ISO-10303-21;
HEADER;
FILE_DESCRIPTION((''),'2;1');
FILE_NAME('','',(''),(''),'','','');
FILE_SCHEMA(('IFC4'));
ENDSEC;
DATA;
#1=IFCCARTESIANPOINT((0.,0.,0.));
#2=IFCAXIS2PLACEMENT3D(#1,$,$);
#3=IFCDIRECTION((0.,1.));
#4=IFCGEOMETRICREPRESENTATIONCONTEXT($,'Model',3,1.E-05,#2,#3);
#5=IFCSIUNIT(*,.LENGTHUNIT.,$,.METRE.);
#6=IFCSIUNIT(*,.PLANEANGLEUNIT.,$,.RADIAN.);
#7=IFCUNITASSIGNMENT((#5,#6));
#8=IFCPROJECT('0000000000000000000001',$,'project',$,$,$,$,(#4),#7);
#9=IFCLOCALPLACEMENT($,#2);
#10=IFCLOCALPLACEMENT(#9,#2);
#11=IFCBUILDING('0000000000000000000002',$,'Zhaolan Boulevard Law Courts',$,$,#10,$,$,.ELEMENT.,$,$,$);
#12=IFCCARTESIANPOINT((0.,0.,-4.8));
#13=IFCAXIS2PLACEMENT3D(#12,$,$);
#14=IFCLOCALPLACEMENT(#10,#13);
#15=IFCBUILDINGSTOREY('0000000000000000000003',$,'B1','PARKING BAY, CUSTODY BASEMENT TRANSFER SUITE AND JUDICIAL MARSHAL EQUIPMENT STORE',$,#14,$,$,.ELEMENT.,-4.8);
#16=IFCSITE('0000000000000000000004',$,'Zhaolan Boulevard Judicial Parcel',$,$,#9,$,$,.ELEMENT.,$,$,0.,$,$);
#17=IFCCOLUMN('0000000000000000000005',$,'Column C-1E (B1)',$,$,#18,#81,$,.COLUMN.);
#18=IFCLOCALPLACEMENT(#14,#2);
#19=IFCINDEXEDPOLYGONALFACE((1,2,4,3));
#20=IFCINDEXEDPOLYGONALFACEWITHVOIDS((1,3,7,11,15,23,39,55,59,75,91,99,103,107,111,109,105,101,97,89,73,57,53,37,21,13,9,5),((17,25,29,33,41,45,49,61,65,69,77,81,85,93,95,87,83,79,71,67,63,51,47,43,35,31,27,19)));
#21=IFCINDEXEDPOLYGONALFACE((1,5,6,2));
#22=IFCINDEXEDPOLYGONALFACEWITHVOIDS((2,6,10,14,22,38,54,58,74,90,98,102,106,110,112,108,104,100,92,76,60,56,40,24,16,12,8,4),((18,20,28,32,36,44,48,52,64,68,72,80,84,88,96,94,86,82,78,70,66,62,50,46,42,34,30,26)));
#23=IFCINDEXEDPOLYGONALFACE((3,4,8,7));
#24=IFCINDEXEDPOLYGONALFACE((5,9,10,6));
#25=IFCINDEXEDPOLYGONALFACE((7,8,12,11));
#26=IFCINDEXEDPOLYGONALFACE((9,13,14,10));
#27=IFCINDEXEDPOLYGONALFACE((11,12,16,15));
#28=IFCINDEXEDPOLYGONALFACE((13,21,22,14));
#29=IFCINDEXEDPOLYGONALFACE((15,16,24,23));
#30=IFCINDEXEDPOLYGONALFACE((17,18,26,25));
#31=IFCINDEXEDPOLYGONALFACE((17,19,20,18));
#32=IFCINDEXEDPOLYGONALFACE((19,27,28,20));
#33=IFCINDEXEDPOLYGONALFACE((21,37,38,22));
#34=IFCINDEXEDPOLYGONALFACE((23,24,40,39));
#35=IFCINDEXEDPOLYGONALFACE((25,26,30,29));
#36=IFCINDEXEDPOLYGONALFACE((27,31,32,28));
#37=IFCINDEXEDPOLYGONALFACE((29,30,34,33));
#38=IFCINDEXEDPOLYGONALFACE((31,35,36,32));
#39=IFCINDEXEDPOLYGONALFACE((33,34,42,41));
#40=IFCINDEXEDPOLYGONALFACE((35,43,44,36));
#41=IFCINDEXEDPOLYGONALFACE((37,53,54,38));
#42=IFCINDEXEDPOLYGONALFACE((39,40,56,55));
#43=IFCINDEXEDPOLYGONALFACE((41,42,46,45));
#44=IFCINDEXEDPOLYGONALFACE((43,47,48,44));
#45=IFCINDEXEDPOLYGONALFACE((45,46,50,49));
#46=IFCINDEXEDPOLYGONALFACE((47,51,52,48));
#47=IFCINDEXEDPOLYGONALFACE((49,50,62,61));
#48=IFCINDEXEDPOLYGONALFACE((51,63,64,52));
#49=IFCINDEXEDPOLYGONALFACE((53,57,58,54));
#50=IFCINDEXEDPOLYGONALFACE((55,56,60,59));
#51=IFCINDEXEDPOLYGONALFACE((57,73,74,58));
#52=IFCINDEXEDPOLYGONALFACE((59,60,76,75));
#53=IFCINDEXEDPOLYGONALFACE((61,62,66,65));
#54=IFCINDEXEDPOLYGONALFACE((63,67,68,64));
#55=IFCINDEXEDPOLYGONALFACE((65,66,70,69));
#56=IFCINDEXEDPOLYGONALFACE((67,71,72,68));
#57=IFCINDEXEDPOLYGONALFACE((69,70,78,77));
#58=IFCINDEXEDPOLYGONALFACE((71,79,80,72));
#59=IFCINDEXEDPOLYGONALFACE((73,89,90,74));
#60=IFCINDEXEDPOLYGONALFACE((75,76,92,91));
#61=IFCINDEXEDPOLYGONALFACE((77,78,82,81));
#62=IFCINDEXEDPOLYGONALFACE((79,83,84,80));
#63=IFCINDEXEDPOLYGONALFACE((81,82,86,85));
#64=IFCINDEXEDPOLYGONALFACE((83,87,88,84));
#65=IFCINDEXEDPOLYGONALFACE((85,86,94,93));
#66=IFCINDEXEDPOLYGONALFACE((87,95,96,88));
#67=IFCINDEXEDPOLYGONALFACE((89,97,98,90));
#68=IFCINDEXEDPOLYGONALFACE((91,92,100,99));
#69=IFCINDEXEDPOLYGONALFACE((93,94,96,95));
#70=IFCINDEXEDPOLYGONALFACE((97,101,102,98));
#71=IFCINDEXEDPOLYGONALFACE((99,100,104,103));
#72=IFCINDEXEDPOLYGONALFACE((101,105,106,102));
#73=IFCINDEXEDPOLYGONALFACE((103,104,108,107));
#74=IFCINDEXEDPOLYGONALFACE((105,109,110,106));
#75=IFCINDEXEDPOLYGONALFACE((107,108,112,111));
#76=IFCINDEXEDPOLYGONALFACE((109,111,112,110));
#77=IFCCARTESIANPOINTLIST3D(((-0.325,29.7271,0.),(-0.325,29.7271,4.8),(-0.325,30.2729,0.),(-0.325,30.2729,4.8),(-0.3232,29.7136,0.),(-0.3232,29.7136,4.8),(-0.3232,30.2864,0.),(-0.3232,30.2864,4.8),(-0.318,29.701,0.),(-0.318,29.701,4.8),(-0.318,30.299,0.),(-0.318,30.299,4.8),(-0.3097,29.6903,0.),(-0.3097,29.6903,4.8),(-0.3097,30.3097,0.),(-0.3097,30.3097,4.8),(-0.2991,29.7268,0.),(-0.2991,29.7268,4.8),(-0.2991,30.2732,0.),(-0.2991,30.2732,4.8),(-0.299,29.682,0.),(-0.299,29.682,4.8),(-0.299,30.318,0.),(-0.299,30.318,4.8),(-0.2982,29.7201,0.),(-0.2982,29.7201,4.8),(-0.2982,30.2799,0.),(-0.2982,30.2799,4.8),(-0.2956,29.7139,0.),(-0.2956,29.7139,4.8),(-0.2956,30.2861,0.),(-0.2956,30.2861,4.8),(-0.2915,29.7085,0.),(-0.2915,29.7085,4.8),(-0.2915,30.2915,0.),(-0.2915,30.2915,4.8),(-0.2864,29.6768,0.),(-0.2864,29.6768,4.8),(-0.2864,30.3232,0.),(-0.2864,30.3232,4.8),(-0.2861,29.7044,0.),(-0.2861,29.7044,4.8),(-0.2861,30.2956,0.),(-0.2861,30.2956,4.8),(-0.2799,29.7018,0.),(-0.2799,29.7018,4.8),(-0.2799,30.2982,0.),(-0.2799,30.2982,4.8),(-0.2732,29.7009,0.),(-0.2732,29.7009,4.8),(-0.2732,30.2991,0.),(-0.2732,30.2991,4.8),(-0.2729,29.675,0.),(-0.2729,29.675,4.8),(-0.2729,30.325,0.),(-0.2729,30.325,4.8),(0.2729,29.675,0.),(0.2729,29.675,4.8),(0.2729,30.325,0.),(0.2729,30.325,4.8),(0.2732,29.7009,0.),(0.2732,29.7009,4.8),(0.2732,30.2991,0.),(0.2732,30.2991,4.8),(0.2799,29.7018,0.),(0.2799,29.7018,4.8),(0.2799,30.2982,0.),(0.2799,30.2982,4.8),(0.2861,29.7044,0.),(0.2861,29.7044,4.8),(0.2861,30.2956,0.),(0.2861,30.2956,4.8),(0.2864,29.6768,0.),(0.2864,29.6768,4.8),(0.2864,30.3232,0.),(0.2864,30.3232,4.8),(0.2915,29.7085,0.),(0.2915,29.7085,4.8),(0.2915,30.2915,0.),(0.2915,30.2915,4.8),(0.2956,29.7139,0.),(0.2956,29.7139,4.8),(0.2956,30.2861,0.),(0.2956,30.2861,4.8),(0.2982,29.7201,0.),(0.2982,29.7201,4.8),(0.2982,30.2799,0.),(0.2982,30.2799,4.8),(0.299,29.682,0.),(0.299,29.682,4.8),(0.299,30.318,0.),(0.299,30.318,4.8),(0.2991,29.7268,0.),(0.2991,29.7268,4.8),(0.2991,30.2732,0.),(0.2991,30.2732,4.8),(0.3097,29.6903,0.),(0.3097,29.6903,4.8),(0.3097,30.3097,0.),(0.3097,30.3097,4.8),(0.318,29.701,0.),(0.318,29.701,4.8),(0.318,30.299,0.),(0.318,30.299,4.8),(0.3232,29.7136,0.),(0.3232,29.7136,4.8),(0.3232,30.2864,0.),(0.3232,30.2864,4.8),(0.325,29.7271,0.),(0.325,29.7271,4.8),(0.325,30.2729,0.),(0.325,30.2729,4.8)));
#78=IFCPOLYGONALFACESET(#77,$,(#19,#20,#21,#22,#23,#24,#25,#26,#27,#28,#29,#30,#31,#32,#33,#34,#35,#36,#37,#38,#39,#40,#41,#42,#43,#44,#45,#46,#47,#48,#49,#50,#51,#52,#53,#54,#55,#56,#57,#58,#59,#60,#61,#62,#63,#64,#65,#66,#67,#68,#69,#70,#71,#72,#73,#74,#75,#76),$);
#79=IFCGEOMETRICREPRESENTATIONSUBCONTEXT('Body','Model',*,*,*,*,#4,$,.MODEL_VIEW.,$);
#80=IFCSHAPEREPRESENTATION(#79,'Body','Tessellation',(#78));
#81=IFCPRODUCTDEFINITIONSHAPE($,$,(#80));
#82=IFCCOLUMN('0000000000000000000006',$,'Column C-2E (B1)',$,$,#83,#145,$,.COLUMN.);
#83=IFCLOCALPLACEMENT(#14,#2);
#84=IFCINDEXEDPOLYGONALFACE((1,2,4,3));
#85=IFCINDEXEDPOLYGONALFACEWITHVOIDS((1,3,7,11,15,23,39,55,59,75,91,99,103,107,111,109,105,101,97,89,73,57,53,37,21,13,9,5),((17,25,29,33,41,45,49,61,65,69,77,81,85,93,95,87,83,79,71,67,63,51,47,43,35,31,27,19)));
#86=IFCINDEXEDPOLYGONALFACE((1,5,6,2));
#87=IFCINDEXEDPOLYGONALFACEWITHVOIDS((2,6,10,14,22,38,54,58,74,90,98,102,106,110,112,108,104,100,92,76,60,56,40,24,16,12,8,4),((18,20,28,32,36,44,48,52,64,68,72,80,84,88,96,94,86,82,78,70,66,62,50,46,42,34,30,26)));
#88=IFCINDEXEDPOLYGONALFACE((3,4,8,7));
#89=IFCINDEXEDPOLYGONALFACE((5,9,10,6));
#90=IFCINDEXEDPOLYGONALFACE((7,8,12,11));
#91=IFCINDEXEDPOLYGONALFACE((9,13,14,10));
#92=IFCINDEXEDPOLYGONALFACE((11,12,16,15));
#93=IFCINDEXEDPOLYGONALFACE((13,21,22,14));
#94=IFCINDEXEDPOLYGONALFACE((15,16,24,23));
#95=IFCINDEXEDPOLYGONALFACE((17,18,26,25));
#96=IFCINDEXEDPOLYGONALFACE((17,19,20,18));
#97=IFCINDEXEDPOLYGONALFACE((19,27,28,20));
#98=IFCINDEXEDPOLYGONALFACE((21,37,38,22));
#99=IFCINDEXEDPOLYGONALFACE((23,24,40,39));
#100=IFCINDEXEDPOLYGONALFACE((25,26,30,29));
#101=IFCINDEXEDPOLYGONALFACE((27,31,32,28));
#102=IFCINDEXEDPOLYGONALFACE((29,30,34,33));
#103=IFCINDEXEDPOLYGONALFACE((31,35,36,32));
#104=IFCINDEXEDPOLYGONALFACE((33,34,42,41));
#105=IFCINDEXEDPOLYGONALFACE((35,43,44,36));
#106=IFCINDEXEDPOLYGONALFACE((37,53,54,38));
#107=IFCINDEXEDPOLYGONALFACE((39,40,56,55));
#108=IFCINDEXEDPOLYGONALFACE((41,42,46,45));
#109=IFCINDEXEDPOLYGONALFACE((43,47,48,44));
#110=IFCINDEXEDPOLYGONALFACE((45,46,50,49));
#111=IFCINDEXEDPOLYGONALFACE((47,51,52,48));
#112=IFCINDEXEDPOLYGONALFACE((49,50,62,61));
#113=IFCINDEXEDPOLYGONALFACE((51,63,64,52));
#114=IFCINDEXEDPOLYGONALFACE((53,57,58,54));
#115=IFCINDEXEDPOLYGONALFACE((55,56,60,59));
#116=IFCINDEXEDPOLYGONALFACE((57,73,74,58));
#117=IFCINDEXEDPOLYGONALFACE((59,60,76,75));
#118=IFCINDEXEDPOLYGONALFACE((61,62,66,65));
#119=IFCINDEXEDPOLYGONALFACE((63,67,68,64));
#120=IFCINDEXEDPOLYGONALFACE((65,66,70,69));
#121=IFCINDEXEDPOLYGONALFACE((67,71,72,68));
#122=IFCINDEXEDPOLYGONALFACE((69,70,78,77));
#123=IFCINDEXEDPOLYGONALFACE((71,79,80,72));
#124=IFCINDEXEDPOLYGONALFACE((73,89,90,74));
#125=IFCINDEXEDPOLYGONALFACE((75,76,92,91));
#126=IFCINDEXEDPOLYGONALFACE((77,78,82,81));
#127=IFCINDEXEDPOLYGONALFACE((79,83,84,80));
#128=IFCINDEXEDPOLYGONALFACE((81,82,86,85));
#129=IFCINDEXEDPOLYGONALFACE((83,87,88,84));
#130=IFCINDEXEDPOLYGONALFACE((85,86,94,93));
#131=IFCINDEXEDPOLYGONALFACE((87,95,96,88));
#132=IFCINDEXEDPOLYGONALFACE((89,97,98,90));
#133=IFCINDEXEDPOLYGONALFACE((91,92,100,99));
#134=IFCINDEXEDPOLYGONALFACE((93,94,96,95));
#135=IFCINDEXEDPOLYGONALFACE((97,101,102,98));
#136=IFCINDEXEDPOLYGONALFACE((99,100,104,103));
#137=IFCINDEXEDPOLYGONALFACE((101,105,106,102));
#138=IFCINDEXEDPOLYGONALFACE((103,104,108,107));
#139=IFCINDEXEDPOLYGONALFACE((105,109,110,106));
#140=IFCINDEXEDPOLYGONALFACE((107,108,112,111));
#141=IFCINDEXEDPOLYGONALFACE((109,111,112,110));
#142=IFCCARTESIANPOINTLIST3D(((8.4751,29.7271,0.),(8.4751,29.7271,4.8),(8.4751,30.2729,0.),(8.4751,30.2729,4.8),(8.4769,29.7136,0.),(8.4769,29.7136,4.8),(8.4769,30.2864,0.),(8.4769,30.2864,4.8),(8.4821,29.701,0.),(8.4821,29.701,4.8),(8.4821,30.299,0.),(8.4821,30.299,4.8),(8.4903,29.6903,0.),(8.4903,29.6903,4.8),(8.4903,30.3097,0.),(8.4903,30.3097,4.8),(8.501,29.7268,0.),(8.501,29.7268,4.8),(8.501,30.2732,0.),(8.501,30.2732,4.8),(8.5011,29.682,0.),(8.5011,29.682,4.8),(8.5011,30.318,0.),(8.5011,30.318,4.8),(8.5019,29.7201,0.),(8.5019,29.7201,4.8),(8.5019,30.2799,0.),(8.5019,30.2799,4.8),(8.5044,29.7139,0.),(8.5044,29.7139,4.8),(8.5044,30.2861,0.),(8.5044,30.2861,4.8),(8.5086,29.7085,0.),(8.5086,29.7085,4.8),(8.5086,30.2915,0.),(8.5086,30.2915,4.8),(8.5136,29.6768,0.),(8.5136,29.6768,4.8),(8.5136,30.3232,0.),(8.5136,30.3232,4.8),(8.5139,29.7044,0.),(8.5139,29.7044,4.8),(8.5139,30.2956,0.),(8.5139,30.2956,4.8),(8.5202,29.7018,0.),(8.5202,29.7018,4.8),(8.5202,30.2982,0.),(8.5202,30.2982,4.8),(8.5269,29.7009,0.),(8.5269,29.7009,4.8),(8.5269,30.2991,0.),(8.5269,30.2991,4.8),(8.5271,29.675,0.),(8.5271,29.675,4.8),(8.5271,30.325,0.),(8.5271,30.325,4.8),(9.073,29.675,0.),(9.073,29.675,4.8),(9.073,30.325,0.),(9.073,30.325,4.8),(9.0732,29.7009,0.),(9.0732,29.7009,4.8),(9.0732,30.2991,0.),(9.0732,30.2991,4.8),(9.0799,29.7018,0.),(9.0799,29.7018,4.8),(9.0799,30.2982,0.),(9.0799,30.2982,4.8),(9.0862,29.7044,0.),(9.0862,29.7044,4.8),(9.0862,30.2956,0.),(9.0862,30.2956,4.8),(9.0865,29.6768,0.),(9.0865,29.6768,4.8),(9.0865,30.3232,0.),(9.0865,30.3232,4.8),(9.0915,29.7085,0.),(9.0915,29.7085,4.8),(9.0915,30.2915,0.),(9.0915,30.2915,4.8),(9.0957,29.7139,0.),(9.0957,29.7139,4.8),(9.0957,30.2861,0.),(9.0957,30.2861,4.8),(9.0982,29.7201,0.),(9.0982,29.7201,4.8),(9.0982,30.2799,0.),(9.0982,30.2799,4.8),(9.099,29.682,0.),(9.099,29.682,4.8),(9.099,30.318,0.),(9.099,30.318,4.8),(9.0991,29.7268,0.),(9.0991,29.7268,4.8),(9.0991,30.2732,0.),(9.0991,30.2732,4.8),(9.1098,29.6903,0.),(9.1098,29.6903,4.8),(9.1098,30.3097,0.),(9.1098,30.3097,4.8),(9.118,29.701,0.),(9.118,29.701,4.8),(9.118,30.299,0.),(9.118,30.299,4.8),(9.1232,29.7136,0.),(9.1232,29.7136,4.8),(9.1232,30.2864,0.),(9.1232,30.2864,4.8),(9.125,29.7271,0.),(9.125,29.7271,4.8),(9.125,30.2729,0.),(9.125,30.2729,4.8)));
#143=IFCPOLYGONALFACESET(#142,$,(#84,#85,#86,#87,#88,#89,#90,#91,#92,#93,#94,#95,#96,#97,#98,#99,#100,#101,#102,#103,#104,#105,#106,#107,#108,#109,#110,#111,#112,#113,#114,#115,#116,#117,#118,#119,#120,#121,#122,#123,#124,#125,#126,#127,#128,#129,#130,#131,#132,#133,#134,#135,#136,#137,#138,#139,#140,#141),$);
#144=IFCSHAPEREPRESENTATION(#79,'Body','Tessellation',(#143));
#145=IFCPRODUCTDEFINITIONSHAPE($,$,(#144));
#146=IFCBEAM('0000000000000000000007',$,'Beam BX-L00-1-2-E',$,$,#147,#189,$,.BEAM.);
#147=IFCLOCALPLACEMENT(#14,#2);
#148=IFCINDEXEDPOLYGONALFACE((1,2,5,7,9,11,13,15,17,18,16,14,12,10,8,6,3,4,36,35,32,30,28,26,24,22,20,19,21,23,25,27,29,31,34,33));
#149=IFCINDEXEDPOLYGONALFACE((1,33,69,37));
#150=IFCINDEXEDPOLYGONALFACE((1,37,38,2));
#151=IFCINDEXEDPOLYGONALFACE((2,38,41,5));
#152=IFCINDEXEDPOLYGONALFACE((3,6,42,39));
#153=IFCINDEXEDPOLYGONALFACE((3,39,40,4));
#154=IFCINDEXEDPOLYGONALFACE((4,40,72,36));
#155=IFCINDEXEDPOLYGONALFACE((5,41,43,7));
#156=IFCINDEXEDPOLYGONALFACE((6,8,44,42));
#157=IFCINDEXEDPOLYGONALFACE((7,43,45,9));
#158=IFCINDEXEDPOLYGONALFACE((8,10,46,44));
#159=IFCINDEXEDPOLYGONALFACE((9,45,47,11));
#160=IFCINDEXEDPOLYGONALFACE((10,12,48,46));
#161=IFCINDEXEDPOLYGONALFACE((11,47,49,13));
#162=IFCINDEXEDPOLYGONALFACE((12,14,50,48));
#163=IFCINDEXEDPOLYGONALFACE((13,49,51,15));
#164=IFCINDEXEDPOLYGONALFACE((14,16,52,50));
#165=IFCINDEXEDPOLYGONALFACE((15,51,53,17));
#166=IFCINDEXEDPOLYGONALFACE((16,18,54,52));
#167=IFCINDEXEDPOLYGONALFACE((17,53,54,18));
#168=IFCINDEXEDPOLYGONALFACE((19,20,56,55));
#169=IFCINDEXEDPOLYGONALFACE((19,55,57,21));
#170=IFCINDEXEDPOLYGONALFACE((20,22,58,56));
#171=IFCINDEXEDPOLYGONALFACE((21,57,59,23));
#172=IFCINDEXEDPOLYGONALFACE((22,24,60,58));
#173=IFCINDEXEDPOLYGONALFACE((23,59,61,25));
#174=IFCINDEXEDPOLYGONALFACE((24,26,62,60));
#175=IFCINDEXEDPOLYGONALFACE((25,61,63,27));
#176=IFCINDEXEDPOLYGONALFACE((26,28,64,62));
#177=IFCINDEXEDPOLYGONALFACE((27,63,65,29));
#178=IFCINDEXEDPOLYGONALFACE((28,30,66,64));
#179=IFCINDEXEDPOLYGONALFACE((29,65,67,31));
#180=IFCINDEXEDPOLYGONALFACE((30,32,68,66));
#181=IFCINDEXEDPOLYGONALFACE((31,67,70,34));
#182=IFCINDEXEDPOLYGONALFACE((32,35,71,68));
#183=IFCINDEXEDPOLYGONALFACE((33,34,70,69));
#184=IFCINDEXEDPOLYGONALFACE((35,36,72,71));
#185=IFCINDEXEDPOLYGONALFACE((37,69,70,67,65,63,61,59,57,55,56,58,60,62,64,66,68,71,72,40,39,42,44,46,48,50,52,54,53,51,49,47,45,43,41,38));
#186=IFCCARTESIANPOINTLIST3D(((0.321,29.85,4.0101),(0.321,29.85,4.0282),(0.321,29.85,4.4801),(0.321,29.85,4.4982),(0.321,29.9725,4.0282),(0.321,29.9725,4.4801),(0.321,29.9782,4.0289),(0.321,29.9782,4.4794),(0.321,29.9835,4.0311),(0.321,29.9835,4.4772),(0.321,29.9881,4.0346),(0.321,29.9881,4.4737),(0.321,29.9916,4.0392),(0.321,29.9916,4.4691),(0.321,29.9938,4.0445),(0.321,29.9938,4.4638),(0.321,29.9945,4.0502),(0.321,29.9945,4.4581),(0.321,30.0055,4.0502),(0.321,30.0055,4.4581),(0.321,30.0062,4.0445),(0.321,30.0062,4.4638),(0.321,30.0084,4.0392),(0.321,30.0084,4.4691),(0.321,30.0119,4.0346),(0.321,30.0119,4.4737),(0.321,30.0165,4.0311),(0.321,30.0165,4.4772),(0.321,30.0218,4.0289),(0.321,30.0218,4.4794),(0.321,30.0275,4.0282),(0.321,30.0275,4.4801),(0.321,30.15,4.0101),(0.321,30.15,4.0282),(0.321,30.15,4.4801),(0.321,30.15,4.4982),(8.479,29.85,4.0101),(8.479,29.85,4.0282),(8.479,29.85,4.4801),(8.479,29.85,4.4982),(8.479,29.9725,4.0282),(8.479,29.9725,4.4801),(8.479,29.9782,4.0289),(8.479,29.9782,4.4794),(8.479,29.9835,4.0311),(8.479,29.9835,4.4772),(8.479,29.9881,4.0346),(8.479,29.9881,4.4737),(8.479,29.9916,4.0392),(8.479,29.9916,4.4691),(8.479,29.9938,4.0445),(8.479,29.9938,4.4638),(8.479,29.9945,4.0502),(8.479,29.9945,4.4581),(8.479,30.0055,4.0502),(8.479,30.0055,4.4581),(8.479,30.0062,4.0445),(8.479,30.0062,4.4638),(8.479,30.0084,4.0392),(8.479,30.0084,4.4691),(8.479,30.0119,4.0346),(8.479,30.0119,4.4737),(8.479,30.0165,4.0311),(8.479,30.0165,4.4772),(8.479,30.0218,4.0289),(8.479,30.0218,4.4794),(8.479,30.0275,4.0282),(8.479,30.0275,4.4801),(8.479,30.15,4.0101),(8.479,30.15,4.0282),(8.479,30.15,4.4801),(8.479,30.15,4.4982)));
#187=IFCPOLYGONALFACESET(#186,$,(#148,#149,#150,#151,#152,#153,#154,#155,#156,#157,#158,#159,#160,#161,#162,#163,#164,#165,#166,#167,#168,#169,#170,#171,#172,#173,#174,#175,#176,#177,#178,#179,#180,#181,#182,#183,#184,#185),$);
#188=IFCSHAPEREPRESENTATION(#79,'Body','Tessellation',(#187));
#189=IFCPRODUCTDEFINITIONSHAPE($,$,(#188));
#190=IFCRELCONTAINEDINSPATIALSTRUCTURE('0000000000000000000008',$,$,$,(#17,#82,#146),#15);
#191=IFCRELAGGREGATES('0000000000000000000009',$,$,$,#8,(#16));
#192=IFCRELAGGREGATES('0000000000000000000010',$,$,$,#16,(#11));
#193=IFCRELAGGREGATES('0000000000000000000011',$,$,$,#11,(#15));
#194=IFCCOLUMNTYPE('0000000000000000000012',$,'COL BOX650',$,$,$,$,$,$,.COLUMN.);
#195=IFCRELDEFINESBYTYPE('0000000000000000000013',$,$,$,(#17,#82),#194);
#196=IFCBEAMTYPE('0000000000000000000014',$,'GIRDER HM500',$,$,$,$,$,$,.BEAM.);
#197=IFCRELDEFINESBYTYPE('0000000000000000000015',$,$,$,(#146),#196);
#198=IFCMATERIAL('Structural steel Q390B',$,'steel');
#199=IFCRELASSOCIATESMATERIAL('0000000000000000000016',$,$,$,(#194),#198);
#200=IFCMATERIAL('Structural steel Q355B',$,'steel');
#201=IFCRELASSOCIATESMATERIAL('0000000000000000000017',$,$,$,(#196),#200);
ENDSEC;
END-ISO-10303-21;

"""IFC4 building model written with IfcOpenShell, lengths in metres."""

from ifc_helpers import new_model, si_unit, direction, frame, origin, origin_2d, place, context, subcontext, project, spatial, hollow_rectangle, i_section, extrude, material, material_profile, profile_set, type_object, element, save


model = new_model("IFC4")

# Units and contexts
model_context = context("Model", 3, precision=1e-05, world=origin(), true_north=direction((0.0, 1.0)))
body_context = subcontext(model_context, "Body", "Model", "MODEL_VIEW")
ifc_project = project(units=[si_unit("LENGTHUNIT", "METRE"), si_unit("PLANEANGLEUNIT", "RADIAN")], contexts=[model_context])

# Site, building, storey
site_placement = place(None, origin())
site = spatial("IfcSite", under=ifc_project, at=site_placement, Name="Zhaolan Boulevard Judicial Parcel", CompositionType="ELEMENT", RefElevation=0.0)
building_placement = place(site_placement, origin())
building = spatial("IfcBuilding", under=site, at=building_placement, Name="Zhaolan Boulevard Law Courts", CompositionType="ELEMENT")
storey_placement = place(building_placement, frame((0.0, 0.0, -4.8)))
storey = spatial("IfcBuildingStorey", under=building, at=storey_placement, Name="B1", Description="PARKING BAY, CUSTODY BASEMENT TRANSFER SUITE AND JUDICIAL MARSHAL EQUIPMENT STORE", CompositionType="ELEMENT", Elevation=-4.8)

# Columns
ifc_material_1 = material(Name="Structural steel Q390B", Category="steel")
ifc_material_profile_1 = material_profile(ifc_material_1, hollow_rectangle(XDim=0.6499, YDim=0.6499, WallThickness=0.0259, InnerFilletRadius=0.0259, OuterFilletRadius=0.052, at=origin_2d()), Name="BOX650x650x26")
ifc_profile_set_1 = profile_set([ifc_material_profile_1], Name="Structural steel Q390B")
column_type = type_object("IfcColumnType", Name="COL BOX650", PredefinedType="COLUMN", material=ifc_profile_set_1)
for number, where, z_axis, x_axis, name in (
    (1, (0.0, 30.0, 0.0), (0.0, 0.0, 1.0), (1.0, 0.0, 0.0), "Column C-1E (B1)"),
    (2, (8.8, 30.0, 0.0), (0.0, 0.0, 1.0), (1.0, 0.0, 0.0), "Column C-2E (B1)"),
):
    element("IfcColumn", number, at=place(storey_placement, frame(where, z_axis=z_axis, x_axis=x_axis)), inside=storey, type_object=column_type, Name=name, PredefinedType="COLUMN", context=body_context, shape_type="SweptSolid", body=[
        extrude(hollow_rectangle(XDim=0.6499, YDim=0.6499, WallThickness=0.0259, InnerFilletRadius=0.0259, OuterFilletRadius=0.052, at=origin_2d()), origin(), (0.0, 0.0, 1.0), 4.8),
    ])

# Beam
ifc_material_2 = material(Name="Structural steel Q355B", Category="steel")
ifc_material_profile_2 = material_profile(ifc_material_2, i_section(OverallWidth=0.3, OverallDepth=0.488, WebThickness=0.011, FlangeThickness=0.0181, FilletRadius=0.022, at=origin_2d()), Name="HM488x300")
ifc_profile_set_2 = profile_set([ifc_material_profile_2], Name="Structural steel Q355B")
beam_type_1 = type_object("IfcBeamType", Name="GIRDER HM500", PredefinedType="BEAM", material=ifc_profile_set_2)
for number, where, z_axis, x_axis, name in (
    (3, (0.321, 30.0, 4.2542), (1.0, 0.0, 0.0), (0.0, 1.0, 0.0), "Beam BX-L00-1-2-E"),
):
    element("IfcBeam", number, at=place(storey_placement, frame(where, z_axis=z_axis, x_axis=x_axis)), inside=storey, type_object=beam_type_1, Name=name, PredefinedType="BEAM", context=body_context, shape_type="SweptSolid", body=[
        extrude(i_section(OverallWidth=0.3, OverallDepth=0.488, WebThickness=0.011, FlangeThickness=0.0181, FilletRadius=0.022, at=origin_2d()), origin(), (0.0, 0.0, 1.0), 8.158),
    ])

save(model, "model.ifc")
